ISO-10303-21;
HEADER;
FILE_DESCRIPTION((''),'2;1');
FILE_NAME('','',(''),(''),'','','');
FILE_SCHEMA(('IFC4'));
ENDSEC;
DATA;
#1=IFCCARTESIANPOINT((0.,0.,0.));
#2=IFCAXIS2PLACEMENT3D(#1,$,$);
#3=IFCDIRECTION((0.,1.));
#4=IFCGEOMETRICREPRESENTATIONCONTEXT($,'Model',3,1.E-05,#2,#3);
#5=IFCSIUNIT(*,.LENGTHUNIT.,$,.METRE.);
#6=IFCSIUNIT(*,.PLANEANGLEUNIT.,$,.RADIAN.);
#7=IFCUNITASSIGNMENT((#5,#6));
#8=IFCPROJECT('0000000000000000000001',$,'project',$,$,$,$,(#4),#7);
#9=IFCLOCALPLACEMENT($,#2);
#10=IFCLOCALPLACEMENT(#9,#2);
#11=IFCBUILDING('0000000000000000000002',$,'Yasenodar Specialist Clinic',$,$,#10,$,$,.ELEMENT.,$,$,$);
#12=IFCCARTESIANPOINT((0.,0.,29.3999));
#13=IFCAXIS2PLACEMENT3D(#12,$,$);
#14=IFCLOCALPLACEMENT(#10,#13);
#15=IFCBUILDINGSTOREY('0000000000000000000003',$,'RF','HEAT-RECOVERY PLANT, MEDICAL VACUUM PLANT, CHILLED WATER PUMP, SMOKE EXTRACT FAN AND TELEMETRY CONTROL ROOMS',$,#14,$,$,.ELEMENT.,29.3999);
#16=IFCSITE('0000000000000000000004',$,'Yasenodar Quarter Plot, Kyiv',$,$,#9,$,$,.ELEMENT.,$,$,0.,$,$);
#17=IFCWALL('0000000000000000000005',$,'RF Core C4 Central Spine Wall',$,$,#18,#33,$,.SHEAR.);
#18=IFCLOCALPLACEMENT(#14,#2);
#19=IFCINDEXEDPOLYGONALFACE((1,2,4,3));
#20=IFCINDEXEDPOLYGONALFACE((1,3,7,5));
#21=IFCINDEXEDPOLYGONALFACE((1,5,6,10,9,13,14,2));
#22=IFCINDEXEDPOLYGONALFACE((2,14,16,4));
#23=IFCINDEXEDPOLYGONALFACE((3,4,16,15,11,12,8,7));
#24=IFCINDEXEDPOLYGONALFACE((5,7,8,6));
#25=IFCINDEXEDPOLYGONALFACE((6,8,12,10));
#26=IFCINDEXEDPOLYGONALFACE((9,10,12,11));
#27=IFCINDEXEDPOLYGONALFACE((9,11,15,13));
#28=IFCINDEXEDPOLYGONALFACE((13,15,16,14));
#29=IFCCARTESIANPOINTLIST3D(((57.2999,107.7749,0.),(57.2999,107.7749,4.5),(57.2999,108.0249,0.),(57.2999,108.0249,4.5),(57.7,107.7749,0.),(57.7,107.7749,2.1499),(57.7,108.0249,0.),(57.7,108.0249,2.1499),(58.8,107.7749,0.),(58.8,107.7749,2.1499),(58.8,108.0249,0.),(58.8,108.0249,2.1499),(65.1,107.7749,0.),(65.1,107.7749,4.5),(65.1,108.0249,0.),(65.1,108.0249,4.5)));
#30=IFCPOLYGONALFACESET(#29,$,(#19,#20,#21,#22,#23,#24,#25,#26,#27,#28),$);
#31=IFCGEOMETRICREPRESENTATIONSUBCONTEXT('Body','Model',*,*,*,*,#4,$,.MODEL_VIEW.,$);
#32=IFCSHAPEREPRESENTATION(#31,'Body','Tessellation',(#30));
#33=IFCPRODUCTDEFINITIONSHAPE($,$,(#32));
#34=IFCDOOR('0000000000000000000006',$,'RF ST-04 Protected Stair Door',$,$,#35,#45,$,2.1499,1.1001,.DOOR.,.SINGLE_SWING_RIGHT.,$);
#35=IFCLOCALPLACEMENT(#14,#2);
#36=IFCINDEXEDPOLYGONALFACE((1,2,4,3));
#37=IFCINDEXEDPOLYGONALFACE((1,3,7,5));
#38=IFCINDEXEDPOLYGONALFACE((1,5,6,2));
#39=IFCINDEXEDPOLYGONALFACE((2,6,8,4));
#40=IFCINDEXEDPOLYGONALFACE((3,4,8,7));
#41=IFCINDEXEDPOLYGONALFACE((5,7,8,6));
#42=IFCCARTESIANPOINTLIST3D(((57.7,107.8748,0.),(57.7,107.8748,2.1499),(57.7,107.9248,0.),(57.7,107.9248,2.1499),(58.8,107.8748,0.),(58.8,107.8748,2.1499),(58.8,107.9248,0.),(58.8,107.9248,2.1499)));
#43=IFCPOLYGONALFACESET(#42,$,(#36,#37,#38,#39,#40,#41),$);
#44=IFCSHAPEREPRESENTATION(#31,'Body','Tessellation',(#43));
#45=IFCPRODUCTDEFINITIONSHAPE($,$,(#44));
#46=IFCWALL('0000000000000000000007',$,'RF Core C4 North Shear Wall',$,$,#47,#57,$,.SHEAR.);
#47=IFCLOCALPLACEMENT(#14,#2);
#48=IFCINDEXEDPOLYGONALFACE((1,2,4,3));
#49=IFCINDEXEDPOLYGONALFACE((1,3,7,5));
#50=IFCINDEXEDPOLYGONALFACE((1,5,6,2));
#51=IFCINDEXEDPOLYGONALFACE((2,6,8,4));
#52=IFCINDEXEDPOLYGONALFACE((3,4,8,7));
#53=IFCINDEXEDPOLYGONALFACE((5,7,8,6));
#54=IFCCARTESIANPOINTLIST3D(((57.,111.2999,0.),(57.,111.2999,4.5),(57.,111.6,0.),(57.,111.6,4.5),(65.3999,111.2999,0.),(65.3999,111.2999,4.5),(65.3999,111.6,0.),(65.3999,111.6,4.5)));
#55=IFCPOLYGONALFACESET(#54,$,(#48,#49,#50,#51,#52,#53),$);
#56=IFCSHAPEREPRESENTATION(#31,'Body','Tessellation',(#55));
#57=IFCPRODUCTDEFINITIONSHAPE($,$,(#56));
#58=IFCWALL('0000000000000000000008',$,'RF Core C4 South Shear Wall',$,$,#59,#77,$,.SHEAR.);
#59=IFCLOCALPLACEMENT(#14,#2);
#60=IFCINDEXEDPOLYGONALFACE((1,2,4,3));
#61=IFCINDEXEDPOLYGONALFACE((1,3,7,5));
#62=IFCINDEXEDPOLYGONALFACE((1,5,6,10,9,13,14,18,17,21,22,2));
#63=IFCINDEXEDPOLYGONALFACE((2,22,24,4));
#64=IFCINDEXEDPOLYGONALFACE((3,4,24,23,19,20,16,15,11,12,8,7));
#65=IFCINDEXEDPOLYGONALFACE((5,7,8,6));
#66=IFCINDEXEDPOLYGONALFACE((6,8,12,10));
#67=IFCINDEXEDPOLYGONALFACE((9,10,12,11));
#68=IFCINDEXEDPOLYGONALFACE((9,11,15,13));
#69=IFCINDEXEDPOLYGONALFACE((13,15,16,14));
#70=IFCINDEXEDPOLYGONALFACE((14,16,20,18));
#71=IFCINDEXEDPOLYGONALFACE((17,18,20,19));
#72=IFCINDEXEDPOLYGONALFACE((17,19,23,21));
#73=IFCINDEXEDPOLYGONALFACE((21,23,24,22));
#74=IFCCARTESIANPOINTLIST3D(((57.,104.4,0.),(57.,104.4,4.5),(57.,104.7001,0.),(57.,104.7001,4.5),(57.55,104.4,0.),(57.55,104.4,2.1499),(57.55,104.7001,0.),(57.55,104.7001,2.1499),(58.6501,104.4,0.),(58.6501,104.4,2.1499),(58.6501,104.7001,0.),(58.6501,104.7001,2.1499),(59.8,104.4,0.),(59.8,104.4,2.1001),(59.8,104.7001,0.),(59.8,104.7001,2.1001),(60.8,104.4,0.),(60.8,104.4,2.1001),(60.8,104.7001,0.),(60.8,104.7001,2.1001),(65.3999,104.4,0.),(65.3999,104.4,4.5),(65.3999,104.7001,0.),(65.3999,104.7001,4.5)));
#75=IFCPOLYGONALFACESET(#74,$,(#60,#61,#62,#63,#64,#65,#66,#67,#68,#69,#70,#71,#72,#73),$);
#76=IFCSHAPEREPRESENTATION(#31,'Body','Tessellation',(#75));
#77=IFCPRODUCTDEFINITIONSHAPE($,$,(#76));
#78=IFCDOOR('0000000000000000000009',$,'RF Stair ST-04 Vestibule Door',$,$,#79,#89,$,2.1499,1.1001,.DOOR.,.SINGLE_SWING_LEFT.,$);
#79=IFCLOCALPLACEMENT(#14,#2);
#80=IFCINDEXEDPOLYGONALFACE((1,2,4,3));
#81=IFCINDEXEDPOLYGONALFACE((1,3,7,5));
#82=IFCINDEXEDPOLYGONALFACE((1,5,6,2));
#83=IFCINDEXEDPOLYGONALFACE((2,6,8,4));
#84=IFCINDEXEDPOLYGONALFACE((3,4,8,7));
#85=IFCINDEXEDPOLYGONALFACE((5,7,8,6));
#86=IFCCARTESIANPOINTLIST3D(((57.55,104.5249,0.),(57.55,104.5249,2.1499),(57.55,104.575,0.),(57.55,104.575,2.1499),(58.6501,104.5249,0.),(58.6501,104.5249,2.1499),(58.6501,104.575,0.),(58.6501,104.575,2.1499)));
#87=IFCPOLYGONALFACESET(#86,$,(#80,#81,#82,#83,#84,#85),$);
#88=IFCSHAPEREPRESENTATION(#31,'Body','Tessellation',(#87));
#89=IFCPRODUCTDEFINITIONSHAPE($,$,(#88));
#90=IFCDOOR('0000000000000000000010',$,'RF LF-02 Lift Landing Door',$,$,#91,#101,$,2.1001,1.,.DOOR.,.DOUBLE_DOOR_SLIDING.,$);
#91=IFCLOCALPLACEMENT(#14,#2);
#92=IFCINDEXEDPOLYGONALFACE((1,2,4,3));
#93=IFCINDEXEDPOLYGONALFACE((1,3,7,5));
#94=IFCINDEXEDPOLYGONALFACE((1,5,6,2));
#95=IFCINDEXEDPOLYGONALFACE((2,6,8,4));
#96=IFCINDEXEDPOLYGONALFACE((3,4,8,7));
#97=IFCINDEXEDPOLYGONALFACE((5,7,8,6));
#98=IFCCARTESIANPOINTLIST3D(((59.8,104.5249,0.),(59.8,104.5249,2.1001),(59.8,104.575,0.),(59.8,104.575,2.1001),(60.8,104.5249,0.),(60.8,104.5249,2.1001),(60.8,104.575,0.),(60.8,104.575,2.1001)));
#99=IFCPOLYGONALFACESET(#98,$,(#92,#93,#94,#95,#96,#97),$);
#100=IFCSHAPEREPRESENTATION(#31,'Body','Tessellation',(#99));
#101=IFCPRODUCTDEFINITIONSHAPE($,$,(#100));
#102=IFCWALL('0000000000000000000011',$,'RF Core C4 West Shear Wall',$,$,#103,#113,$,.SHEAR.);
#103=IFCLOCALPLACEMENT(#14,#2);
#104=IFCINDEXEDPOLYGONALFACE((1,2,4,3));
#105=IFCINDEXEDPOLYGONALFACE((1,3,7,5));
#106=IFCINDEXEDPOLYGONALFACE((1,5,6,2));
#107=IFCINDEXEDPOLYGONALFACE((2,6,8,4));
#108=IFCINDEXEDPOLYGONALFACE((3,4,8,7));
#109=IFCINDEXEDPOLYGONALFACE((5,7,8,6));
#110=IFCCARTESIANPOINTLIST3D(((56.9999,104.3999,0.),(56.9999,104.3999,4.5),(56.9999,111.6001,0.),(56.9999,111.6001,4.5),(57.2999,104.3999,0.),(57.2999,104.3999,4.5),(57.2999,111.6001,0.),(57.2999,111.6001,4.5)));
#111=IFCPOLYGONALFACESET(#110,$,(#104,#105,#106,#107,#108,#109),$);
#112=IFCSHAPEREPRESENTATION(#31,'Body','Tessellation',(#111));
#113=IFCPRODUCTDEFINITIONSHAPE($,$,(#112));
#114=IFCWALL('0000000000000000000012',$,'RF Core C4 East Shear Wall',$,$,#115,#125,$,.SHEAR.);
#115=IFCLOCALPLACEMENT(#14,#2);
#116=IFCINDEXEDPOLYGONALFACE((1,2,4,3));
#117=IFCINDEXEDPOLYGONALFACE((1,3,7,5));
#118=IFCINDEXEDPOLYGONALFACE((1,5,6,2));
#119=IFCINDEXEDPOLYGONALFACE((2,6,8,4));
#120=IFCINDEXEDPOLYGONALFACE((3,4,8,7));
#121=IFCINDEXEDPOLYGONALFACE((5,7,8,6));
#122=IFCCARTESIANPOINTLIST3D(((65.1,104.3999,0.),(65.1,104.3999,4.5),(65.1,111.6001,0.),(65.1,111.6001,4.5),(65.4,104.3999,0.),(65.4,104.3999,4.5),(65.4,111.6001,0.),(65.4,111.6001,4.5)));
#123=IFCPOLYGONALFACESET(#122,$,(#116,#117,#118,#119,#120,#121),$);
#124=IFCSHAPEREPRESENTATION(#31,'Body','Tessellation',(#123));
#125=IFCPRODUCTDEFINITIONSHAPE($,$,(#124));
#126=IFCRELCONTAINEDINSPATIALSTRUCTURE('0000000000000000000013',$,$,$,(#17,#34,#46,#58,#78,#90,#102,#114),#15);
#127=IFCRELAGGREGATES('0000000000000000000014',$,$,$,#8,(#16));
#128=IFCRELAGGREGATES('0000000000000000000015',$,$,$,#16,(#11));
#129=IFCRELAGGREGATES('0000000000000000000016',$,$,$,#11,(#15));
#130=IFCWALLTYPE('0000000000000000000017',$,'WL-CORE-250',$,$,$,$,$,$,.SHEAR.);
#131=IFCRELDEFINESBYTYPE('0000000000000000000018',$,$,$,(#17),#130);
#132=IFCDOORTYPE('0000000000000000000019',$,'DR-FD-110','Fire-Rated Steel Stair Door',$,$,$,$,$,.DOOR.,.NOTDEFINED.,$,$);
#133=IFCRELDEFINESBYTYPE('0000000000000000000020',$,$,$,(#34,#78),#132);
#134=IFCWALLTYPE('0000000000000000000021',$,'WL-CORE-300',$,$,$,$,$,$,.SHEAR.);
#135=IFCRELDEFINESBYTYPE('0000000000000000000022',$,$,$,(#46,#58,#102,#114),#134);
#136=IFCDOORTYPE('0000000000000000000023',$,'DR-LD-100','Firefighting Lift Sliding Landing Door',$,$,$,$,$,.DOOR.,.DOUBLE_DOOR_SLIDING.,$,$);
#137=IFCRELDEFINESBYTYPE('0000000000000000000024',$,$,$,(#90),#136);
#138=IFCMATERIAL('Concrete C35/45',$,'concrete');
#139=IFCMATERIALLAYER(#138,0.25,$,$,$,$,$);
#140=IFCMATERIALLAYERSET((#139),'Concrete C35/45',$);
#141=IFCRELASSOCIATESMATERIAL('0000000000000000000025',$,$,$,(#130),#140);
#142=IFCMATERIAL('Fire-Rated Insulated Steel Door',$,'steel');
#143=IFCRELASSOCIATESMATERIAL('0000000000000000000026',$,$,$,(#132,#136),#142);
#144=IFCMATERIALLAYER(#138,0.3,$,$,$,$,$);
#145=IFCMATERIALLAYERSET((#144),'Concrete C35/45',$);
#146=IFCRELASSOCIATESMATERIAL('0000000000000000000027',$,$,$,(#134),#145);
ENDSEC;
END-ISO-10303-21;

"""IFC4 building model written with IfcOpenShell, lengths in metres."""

from ifc_helpers import new_model, si_unit, direction, frame, frame_2d, origin, place, context, subcontext, project, spatial, rectangle, extrude, material, layer, layer_set, type_object, element, fill, save


model = new_model("IFC4")

# Units and contexts
model_context = context("Model", 3, precision=1e-05, world=origin(), true_north=direction((0.0, 1.0)))
body_context = subcontext(model_context, "Body", "Model", "MODEL_VIEW")
ifc_project = project(units=[si_unit("LENGTHUNIT", "METRE"), si_unit("PLANEANGLEUNIT", "RADIAN")], contexts=[model_context])

# Site, building, storey
site_placement = place(None, origin())
site = spatial("IfcSite", under=ifc_project, at=site_placement, Name="Yasenodar Quarter Plot, Kyiv", CompositionType="ELEMENT", RefElevation=0.0)
building_placement = place(site_placement, origin())
building = spatial("IfcBuilding", under=site, at=building_placement, Name="Yasenodar Specialist Clinic", CompositionType="ELEMENT")
storey_placement = place(building_placement, frame((0.0, 0.0, 29.3999)))
storey = spatial("IfcBuildingStorey", under=building, at=storey_placement, Name="RF", Description="HEAT-RECOVERY PLANT, MEDICAL VACUUM PLANT, CHILLED WATER PUMP, SMOKE EXTRACT FAN AND TELEMETRY CONTROL ROOMS", CompositionType="ELEMENT", Elevation=29.3999)

# Shared definitions
ifc_material_1 = material(Name="Concrete C35/45", Category="concrete")

# Wall, opening, door
ifc_layer_1 = layer(ifc_material_1, 0.25)
ifc_layer_set_1 = layer_set([ifc_layer_1], Name="Concrete C35/45")
wall_type_1 = type_object("IfcWallType", Name="WL-CORE-250", PredefinedType="SHEAR", material=ifc_layer_set_1)
wall_1_placement = place(storey_placement, frame((57.3, 107.8999, 0.0), z_axis=(0.0, 0.0, 1.0), x_axis=(1.0, 0.0, 0.0)))
wall_1 = element("IfcWall", 1, at=wall_1_placement, inside=storey, type_object=wall_type_1, Name="RF Core C4 Central Spine Wall", PredefinedType="SHEAR", context=body_context, shape_type="SweptSolid", body=[
    extrude(rectangle(XDim=7.8, YDim=0.25, at=frame_2d((3.8999, 0.0))), origin(), (0.0, 0.0, 1.0), 4.5),
])
opening_1_placement = place(wall_1_placement, frame((0.3999, 0.0, 0.0)))
opening_1 = element("IfcOpeningElement", 2, at=opening_1_placement, cuts=wall_1, PredefinedType="OPENING", context=body_context, shape_type="SweptSolid", body=[
    extrude(rectangle(XDim=1.1001, YDim=2.1499, at=frame_2d((0.55, 1.075))), frame((0.0, 0.135, 0.0), z_axis=(0.0, -1.0, 0.0), x_axis=(1.0, 0.0, 0.0)), (0.0, 0.0, 1.0), 0.27),
])
ifc_material_2 = material(Name="Fire-Rated Insulated Steel Door", Category="steel")
door_type_1 = type_object("IfcDoorType", Name="DR-FD-110", Description="Fire-Rated Steel Stair Door", OperationType="NOTDEFINED", PredefinedType="DOOR", material=ifc_material_2)
door_1_placement = place(opening_1_placement, origin())
door_1 = element("IfcDoor", 3, at=door_1_placement, inside=storey, type_object=door_type_1, Name="RF ST-04 Protected Stair Door", OperationType="SINGLE_SWING_RIGHT", OverallHeight=2.1499, OverallWidth=1.1001, PredefinedType="DOOR", context=body_context, shape_type="SweptSolid", body=[
    extrude(rectangle(XDim=1.1001, YDim=2.1499, at=frame_2d((0.55, 1.075))), frame((0.0, 0.0249, 0.0), z_axis=(0.0, -1.0, 0.0), x_axis=(1.0, 0.0, 0.0)), (0.0, 0.0, 1.0), 0.05),
])
fill(opening_1, door_1)

# Wall
ifc_layer_2 = layer(ifc_material_1, 0.3)
ifc_layer_set_2 = layer_set([ifc_layer_2], Name="Concrete C35/45")
wall_type_2 = type_object("IfcWallType", Name="WL-CORE-300", PredefinedType="SHEAR", material=ifc_layer_set_2)
wall_2_placement = place(storey_placement, frame((57.0, 111.45, 0.0), z_axis=(0.0, 0.0, 1.0), x_axis=(1.0, 0.0, 0.0)))
element("IfcWall", 4, at=wall_2_placement, inside=storey, type_object=wall_type_2, Name="RF Core C4 North Shear Wall", PredefinedType="SHEAR", context=body_context, shape_type="SweptSolid", body=[
    extrude(rectangle(XDim=8.3999, YDim=0.3, at=frame_2d((4.2, 0.0))), origin(), (0.0, 0.0, 1.0), 4.5),
])

# Wall, openings, doors
wall_3_placement = place(storey_placement, frame((57.0, 104.55, 0.0), z_axis=(0.0, 0.0, 1.0), x_axis=(1.0, 0.0, 0.0)))
wall_3 = element("IfcWall", 5, at=wall_3_placement, inside=storey, type_object=wall_type_2, Name="RF Core C4 South Shear Wall", PredefinedType="SHEAR", context=body_context, shape_type="SweptSolid", body=[
    extrude(rectangle(XDim=8.3999, YDim=0.3, at=frame_2d((4.2, 0.0))), origin(), (0.0, 0.0, 1.0), 4.5),
])
opening_2_placement = place(wall_3_placement, frame((0.55, 0.0, 0.0)))
opening_2 = element("IfcOpeningElement", 6, at=opening_2_placement, cuts=wall_3, PredefinedType="OPENING", context=body_context, shape_type="SweptSolid", body=[
    extrude(rectangle(XDim=1.1001, YDim=2.1499, at=frame_2d((0.55, 1.075))), frame((0.0, 0.1602, 0.0), z_axis=(0.0, -1.0, 0.0), x_axis=(1.0, 0.0, 0.0)), (0.0, 0.0, 1.0), 0.3201),
])
opening_3_placement = place(wall_3_placement, frame((2.8, 0.0, 0.0)))
opening_3 = element("IfcOpeningElement", 7, at=opening_3_placement, cuts=wall_3, PredefinedType="OPENING", context=body_context, shape_type="SweptSolid", body=[
    extrude(rectangle(XDim=1.0, YDim=2.1001, at=frame_2d((0.5, 1.05))), frame((0.0, 0.1602, 0.0), z_axis=(0.0, -1.0, 0.0), x_axis=(1.0, 0.0, 0.0)), (0.0, 0.0, 1.0), 0.3201),
])
door_2_placement = place(opening_2_placement, origin())
door_2 = element("IfcDoor", 8, at=door_2_placement, inside=storey, type_object=door_type_1, Name="RF Stair ST-04 Vestibule Door", OperationType="SINGLE_SWING_LEFT", OverallHeight=2.1499, OverallWidth=1.1001, PredefinedType="DOOR", context=body_context, shape_type="SweptSolid", body=[
    extrude(rectangle(XDim=1.1001, YDim=2.1499, at=frame_2d((0.55, 1.075))), frame((0.0, 0.0249, 0.0), z_axis=(0.0, -1.0, 0.0), x_axis=(1.0, 0.0, 0.0)), (0.0, 0.0, 1.0), 0.05),
])
fill(opening_2, door_2)
door_type_2 = type_object("IfcDoorType", Name="DR-LD-100", Description="Firefighting Lift Sliding Landing Door", OperationType="DOUBLE_DOOR_SLIDING", PredefinedType="DOOR", material=ifc_material_2)
door_3_placement = place(opening_3_placement, origin())
door_3 = element("IfcDoor", 9, at=door_3_placement, inside=storey, type_object=door_type_2, Name="RF LF-02 Lift Landing Door", OperationType="DOUBLE_DOOR_SLIDING", OverallHeight=2.1001, OverallWidth=1.0, PredefinedType="DOOR", context=body_context, shape_type="SweptSolid", body=[
    extrude(rectangle(XDim=1.0, YDim=2.1001, at=frame_2d((0.5, 1.05))), frame((0.0, 0.0249, 0.0), z_axis=(0.0, -1.0, 0.0), x_axis=(1.0, 0.0, 0.0)), (0.0, 0.0, 1.0), 0.05),
])
fill(opening_3, door_3)

# Walls
for number, where, z_axis, x_axis, name in (
    (10, (57.1499, 104.3999, 0.0), (0.0, 0.0, 1.0), (0.0, 1.0, 0.0), "RF Core C4 West Shear Wall"),
    (11, (65.25, 104.3999, 0.0), (0.0, 0.0, 1.0), (0.0, 1.0, 0.0), "RF Core C4 East Shear Wall"),
):
    element("IfcWall", number, at=place(storey_placement, frame(where, z_axis=z_axis, x_axis=x_axis)), inside=storey, type_object=wall_type_2, Name=name, PredefinedType="SHEAR", context=body_context, shape_type="SweptSolid", body=[
        extrude(rectangle(XDim=7.2002, YDim=0.3, at=frame_2d((3.6001, 0.0))), origin(), (0.0, 0.0, 1.0), 4.5),
    ])

save(model, "model.ifc")
